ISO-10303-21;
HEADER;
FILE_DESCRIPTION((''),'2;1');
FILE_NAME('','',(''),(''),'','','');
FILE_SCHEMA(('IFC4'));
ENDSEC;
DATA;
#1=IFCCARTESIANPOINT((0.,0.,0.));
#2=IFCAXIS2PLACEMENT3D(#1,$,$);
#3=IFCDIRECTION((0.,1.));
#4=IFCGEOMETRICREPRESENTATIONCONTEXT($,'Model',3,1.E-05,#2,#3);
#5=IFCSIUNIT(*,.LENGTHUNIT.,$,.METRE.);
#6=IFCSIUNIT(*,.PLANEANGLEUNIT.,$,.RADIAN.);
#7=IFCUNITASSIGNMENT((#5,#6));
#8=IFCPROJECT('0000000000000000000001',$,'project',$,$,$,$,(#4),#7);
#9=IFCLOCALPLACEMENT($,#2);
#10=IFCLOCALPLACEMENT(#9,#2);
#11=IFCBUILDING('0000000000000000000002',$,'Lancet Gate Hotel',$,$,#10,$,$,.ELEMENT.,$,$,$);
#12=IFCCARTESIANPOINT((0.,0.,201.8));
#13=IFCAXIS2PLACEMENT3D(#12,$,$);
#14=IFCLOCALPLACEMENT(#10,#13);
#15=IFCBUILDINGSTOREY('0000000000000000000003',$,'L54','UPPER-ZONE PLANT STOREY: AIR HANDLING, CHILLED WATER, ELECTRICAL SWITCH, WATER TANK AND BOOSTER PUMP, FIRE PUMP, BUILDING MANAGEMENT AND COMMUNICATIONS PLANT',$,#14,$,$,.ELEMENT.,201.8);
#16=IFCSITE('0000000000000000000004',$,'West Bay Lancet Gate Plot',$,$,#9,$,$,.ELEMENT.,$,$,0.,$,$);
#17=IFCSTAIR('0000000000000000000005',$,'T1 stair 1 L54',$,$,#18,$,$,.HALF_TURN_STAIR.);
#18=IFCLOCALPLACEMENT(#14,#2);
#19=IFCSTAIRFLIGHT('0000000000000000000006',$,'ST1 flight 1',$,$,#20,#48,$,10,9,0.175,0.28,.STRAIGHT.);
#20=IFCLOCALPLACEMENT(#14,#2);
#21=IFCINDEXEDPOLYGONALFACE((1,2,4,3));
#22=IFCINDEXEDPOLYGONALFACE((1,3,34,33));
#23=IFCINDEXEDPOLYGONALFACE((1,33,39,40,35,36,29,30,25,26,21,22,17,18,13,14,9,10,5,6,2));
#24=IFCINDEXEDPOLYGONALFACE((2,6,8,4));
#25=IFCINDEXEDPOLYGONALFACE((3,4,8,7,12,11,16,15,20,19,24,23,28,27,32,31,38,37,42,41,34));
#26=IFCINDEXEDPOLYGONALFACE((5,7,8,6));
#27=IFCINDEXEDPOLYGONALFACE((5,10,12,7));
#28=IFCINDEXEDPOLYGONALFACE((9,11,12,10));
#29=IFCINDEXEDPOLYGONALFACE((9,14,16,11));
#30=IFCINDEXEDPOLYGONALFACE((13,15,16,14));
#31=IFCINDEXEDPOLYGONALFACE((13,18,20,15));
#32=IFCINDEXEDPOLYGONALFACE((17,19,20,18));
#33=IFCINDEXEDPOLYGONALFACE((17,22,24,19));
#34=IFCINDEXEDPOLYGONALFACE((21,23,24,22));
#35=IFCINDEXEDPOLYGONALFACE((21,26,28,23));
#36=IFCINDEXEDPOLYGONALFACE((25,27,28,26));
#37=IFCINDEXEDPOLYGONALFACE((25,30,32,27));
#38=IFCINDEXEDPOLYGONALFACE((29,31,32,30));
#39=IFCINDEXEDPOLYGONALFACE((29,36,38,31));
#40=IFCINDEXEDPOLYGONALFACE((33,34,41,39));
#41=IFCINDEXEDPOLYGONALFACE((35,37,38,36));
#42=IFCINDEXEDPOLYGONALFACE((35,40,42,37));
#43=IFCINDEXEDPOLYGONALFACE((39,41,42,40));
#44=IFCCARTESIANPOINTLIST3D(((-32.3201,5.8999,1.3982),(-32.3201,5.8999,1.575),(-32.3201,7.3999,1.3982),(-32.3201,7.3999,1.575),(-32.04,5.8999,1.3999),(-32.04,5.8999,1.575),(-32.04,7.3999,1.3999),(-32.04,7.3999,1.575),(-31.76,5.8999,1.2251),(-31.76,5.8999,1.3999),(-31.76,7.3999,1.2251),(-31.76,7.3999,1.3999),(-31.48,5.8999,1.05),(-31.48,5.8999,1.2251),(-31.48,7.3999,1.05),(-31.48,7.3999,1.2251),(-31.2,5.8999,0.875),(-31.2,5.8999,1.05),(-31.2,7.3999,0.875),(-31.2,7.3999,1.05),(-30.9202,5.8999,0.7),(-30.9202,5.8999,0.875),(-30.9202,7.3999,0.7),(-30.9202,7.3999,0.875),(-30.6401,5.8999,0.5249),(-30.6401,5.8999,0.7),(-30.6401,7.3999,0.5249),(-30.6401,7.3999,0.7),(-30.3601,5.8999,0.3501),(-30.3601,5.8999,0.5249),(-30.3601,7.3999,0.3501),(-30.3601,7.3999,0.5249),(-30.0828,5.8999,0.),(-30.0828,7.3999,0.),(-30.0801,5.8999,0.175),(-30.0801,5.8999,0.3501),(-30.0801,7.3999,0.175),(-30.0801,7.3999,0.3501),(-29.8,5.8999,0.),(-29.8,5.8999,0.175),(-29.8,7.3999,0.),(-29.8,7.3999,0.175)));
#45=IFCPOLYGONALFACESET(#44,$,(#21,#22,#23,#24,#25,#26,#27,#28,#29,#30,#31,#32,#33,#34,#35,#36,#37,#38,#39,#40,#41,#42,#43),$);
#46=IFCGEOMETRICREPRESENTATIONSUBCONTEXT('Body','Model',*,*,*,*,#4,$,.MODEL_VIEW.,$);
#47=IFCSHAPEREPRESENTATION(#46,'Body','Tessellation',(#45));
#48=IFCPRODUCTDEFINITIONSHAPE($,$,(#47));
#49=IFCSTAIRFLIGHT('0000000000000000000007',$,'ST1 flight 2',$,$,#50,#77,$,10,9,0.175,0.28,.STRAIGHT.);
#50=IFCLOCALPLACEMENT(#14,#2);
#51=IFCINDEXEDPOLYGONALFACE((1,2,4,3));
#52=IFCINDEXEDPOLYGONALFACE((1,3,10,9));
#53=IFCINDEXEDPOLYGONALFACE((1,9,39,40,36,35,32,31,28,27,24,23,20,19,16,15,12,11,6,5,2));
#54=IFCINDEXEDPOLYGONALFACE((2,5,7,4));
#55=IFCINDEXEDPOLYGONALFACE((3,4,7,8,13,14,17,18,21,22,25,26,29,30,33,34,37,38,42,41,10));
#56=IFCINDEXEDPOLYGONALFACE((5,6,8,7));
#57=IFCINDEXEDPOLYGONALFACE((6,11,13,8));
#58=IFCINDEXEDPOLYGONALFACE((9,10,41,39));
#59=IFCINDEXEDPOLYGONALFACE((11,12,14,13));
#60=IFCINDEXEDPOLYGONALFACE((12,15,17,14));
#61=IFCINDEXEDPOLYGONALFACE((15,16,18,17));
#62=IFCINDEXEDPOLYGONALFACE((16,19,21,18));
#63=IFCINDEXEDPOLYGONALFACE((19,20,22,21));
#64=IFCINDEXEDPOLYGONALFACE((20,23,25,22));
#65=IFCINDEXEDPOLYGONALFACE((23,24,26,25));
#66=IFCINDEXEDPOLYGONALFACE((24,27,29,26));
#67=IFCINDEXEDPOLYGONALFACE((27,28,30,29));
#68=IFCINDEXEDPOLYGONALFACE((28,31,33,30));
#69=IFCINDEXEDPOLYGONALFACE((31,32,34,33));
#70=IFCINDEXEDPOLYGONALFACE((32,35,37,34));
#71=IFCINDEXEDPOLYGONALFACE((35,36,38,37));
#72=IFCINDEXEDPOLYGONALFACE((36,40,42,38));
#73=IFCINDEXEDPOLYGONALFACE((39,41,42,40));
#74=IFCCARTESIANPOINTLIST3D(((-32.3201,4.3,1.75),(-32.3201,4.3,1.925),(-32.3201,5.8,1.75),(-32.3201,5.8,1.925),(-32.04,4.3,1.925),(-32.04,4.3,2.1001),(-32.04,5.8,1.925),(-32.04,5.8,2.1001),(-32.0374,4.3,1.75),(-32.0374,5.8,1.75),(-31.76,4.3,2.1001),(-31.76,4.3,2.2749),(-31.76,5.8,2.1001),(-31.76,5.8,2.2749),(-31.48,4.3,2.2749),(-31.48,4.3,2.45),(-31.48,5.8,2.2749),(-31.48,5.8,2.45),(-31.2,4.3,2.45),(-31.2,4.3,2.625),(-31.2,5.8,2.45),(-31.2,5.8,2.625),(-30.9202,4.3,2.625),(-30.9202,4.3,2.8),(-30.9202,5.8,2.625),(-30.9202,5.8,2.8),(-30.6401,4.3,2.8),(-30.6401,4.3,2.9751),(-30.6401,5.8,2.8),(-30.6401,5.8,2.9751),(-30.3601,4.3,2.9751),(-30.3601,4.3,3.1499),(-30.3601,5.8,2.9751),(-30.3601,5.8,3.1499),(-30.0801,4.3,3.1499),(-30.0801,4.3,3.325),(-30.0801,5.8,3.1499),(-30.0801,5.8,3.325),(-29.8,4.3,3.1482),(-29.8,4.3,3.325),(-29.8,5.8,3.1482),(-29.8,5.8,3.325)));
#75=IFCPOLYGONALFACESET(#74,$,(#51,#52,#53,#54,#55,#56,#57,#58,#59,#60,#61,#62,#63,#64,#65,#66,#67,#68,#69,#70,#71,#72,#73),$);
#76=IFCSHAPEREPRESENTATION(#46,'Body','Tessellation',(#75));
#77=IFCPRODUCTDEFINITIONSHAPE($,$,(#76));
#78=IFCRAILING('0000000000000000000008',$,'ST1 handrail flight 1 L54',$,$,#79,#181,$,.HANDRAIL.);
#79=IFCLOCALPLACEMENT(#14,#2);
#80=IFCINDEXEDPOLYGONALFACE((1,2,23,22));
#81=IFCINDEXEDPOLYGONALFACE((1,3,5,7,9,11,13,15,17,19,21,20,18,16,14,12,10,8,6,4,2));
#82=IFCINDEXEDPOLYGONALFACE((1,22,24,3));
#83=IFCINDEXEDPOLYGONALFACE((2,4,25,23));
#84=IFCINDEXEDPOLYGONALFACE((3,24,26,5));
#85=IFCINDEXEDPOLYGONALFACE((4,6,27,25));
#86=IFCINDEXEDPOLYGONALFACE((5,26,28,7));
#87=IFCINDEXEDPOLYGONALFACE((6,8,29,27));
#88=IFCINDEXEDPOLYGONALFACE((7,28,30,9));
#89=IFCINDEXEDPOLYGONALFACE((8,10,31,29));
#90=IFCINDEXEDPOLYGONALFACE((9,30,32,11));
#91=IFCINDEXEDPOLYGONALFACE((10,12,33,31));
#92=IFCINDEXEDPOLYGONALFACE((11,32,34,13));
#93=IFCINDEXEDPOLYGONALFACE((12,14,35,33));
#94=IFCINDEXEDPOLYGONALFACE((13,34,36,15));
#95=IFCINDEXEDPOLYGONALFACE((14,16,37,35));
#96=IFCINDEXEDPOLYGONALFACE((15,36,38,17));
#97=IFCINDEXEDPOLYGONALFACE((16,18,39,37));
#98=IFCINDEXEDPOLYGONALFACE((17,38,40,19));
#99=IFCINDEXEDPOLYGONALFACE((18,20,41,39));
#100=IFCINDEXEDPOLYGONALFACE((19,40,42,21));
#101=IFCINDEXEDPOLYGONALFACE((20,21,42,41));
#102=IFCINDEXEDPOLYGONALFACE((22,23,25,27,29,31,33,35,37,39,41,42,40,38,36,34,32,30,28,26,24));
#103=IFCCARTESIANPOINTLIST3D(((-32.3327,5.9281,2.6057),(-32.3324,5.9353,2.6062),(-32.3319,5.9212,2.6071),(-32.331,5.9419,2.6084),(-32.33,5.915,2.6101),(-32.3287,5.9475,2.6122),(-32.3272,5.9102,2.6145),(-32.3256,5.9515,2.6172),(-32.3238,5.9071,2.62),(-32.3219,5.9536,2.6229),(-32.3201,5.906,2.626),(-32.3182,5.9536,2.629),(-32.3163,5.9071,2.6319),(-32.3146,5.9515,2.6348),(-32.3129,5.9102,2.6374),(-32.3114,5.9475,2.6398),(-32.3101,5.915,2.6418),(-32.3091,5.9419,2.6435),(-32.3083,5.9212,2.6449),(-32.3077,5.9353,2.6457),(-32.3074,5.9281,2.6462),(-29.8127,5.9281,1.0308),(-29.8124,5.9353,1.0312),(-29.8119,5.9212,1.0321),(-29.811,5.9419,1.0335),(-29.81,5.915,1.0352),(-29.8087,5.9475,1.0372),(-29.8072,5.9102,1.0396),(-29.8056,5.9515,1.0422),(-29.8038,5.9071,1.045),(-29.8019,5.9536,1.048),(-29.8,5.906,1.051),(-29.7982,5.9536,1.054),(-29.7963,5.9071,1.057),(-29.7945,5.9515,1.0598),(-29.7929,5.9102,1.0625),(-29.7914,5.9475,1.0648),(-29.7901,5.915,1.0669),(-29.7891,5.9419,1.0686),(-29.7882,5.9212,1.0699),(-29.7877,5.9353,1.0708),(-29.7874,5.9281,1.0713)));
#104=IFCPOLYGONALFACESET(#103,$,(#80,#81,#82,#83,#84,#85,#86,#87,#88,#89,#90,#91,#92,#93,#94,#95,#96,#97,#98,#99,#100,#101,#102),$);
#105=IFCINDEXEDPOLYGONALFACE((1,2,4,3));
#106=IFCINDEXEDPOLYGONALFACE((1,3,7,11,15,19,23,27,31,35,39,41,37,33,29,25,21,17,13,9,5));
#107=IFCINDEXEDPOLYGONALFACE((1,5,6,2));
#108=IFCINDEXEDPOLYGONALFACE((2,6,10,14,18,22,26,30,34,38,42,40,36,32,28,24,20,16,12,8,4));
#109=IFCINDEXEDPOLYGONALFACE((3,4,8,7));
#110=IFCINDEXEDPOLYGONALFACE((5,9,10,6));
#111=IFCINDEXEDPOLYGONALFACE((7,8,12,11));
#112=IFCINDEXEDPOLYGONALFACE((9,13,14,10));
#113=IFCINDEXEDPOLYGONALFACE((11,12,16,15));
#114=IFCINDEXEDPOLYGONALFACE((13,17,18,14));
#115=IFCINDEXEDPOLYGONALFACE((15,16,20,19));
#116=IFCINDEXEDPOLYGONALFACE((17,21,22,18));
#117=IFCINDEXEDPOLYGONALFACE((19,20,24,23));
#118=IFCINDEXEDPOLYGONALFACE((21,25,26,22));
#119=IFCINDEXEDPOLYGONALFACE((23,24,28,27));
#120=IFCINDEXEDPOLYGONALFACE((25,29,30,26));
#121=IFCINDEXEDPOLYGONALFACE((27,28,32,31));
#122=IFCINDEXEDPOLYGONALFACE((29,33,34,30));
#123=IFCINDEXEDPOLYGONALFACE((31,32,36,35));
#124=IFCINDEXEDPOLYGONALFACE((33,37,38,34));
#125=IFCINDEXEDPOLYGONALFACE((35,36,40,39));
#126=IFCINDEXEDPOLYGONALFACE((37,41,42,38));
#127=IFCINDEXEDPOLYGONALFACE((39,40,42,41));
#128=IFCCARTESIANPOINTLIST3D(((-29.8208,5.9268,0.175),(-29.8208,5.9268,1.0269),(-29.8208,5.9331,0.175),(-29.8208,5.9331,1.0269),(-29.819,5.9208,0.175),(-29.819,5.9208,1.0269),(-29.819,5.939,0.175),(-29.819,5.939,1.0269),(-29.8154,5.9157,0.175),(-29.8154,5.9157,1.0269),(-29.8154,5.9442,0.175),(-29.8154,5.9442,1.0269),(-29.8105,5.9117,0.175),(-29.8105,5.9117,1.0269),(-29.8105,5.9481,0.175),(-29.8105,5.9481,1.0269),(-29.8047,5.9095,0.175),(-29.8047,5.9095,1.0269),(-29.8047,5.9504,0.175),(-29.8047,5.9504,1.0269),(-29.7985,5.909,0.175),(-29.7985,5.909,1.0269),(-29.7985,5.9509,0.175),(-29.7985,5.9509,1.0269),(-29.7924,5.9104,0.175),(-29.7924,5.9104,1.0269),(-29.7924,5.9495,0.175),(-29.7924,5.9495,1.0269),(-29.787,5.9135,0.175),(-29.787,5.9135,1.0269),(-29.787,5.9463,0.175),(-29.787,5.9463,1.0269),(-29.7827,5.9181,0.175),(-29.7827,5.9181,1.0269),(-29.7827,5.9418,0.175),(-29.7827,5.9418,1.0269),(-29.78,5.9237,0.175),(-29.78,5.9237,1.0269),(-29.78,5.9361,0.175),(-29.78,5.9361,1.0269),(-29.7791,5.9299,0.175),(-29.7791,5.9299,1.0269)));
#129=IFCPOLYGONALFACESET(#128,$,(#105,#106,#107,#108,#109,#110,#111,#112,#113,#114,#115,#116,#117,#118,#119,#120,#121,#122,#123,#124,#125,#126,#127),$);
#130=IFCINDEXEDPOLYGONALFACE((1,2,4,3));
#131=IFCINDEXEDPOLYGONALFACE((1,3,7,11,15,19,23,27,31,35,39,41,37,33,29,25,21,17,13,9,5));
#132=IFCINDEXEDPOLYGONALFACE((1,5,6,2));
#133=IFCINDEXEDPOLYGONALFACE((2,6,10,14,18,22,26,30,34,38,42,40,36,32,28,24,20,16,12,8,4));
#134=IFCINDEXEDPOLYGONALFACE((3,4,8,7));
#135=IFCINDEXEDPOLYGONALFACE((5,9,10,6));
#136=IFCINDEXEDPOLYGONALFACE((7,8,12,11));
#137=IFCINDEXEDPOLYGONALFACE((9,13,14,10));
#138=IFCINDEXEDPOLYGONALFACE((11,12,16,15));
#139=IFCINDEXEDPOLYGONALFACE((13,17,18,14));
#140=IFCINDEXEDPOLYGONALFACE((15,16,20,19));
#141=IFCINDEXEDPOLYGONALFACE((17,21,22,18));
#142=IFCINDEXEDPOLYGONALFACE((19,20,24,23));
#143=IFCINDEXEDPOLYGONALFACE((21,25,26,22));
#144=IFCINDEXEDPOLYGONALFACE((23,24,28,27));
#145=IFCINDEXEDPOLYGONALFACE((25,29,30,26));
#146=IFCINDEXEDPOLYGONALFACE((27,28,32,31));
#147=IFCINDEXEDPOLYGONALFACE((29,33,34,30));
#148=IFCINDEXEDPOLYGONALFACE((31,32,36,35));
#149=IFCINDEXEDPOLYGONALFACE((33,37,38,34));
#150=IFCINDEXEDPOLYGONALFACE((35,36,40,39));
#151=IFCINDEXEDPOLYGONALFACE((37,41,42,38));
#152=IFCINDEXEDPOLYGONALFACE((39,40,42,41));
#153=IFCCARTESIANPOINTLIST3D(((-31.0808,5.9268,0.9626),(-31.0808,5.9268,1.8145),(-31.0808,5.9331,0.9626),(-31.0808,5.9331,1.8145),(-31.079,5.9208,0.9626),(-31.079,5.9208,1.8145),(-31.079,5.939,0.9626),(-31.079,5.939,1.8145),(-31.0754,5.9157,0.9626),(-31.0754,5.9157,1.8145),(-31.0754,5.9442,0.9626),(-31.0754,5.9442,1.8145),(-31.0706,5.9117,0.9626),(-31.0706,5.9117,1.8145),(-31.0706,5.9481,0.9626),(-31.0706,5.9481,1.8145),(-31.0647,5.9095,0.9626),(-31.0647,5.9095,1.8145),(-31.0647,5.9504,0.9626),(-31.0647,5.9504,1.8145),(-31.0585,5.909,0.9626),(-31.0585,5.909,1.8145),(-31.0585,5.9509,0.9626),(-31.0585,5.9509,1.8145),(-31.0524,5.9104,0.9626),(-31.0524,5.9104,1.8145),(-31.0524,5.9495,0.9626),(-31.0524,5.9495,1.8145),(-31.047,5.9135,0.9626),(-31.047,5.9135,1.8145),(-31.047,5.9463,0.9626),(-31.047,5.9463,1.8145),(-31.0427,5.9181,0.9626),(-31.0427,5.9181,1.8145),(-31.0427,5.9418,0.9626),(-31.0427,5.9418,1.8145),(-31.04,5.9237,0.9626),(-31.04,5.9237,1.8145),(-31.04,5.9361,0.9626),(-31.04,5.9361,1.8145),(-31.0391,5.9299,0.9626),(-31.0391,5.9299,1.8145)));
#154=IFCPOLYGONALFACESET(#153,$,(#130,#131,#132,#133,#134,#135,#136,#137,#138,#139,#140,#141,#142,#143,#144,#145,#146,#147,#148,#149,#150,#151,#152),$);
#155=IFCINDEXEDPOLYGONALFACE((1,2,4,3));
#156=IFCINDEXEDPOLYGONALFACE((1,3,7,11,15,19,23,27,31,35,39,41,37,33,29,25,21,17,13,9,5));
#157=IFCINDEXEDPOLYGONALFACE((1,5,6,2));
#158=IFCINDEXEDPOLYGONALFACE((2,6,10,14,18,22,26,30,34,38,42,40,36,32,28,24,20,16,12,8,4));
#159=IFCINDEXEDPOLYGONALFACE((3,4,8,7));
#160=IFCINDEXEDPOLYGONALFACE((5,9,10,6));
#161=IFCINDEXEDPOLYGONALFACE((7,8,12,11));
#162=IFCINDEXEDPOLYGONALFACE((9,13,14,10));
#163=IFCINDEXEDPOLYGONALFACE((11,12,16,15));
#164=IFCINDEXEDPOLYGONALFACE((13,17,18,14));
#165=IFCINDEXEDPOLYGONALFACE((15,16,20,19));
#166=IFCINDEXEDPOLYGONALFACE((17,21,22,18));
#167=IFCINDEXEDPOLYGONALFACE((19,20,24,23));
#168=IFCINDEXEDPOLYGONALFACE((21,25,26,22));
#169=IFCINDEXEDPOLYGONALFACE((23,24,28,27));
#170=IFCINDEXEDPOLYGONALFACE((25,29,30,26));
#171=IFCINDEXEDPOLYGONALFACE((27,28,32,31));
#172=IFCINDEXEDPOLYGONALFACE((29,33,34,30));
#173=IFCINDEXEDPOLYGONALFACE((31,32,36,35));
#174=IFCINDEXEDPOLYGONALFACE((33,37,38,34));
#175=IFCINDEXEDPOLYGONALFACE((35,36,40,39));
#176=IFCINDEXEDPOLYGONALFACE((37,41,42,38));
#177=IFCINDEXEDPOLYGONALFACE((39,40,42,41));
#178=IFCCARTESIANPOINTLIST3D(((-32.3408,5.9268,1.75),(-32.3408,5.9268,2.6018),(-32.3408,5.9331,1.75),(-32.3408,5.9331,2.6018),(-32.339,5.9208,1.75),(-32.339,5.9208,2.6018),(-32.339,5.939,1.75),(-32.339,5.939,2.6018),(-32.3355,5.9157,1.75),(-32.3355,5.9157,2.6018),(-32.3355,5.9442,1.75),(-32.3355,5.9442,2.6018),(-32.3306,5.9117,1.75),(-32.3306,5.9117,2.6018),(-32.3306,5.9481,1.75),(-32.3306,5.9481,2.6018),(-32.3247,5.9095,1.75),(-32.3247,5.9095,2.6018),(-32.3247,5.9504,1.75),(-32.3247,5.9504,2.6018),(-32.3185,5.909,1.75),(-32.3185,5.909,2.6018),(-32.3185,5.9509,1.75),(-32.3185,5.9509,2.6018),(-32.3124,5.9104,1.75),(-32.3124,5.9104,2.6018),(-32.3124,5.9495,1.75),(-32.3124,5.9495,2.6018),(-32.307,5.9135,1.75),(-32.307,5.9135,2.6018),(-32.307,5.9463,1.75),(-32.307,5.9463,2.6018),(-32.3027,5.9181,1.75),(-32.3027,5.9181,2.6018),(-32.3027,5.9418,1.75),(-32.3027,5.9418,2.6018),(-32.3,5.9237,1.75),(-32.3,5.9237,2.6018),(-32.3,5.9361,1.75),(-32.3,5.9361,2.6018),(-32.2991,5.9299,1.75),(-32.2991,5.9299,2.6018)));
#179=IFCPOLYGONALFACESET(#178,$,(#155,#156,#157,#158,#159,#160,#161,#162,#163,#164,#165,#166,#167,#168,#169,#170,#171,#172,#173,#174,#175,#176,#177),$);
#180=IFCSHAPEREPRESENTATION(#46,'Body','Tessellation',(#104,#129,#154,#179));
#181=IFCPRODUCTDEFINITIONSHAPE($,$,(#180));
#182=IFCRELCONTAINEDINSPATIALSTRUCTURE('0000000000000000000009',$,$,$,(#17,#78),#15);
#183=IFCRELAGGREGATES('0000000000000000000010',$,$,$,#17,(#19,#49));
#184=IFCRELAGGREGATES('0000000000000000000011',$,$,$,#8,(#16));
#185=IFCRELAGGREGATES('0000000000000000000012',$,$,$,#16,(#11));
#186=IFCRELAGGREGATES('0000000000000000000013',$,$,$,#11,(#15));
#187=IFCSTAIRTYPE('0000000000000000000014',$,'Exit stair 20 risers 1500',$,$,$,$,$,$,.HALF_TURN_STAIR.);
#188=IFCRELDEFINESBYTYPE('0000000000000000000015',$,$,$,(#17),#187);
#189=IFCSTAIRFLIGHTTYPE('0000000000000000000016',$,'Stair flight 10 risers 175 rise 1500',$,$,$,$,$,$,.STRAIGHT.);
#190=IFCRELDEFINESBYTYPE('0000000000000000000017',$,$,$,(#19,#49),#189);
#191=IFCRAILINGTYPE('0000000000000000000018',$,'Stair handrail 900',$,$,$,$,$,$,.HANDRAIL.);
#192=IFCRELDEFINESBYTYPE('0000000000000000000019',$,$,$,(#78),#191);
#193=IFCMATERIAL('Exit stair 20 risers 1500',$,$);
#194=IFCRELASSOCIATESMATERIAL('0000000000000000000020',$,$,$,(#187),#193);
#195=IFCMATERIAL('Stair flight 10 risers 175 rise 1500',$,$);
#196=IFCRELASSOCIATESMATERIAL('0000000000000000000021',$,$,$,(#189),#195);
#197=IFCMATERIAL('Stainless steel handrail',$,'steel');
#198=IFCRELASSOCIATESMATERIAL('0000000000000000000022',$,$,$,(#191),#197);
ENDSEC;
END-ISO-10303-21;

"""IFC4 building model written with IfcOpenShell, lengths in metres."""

from ifc_helpers import new_model, si_unit, direction, frame, origin, origin_2d, place, context, subcontext, project, spatial, polyline, circle, outline, extrude, material, type_object, element, aggregate, save


model = new_model("IFC4")

# Units and contexts
model_context = context("Model", 3, precision=1e-05, world=origin(), true_north=direction((0.0, 1.0)))
body_context = subcontext(model_context, "Body", "Model", "MODEL_VIEW")
ifc_project = project(units=[si_unit("LENGTHUNIT", "METRE"), si_unit("PLANEANGLEUNIT", "RADIAN")], contexts=[model_context])

# Site, building, storey
site_placement = place(None, origin())
site = spatial("IfcSite", under=ifc_project, at=site_placement, Name="West Bay Lancet Gate Plot", CompositionType="ELEMENT", RefElevation=0.0)
building_placement = place(site_placement, origin())
building = spatial("IfcBuilding", under=site, at=building_placement, Name="Lancet Gate Hotel", CompositionType="ELEMENT")
storey_placement = place(building_placement, frame((0.0, 0.0, 201.8)))
storey = spatial("IfcBuildingStorey", under=building, at=storey_placement, Name="L54", Description="UPPER-ZONE PLANT STOREY: AIR HANDLING, CHILLED WATER, ELECTRICAL SWITCH, WATER TANK AND BOOSTER PUMP, FIRE PUMP, BUILDING MANAGEMENT AND COMMUNICATIONS PLANT", CompositionType="ELEMENT", Elevation=201.8)

# Stair, stair flights
ifc_material_1 = material(Name="Exit stair 20 risers 1500")
stair_type = type_object("IfcStairType", Name="Exit stair 20 risers 1500", PredefinedType="HALF_TURN_STAIR", material=ifc_material_1)
stair_placement = place(storey_placement, origin())
stair = element("IfcStair", 1, at=stair_placement, inside=storey, type_object=stair_type, Name="T1 stair 1 L54", PredefinedType="HALF_TURN_STAIR")
ifc_material_2 = material(Name="Stair flight 10 risers 175 rise 1500")
stair_flight_type = type_object("IfcStairFlightType", Name="Stair flight 10 risers 175 rise 1500", PredefinedType="STRAIGHT", material=ifc_material_2)
stair_flight_1_placement = place(storey_placement, frame((-29.8, 6.6499, 0.0), z_axis=(0.0, 0.0, 1.0), x_axis=(-1.0, 0.0, 0.0)))
stair_flight_1 = element("IfcStairFlight", 2, at=stair_flight_1_placement, type_object=stair_flight_type, Name="ST1 flight 1", NumberOfRisers=10, NumberOfTreads=9, PredefinedType="STRAIGHT", RiserHeight=0.175, TreadLength=0.28, context=body_context, shape_type="SweptSolid", body=[
    extrude(outline(polyline([(0.0, 0.0), (0.0, 0.175), (0.28, 0.175), (0.28, 0.3501), (0.5601, 0.3501), (0.5601, 0.5249), (0.8401, 0.5249), (0.8401, 0.7), (1.1201, 0.7), (1.1201, 0.875), (1.3999, 0.875), (1.3999, 1.05), (1.6799, 1.05), (1.6799, 1.2251), (1.96, 1.2251), (1.96, 1.3999), (2.24, 1.3999), (2.24, 1.575), (2.52, 1.575), (2.52, 1.75), (2.52, 1.3982), (0.2827, 0.0), (0.0, 0.0)])), frame((0.0, 0.75, 0.0), z_axis=(0.0, -1.0, 0.0), x_axis=(1.0, 0.0, 0.0)), (0.0, 0.0, 1.0), 1.5),
])
stair_flight_2_placement = place(storey_placement, frame((-32.3201, 5.05, 1.75), z_axis=(0.0, 0.0, 1.0), x_axis=(1.0, 0.0, 0.0)))
stair_flight_2 = element("IfcStairFlight", 3, at=stair_flight_2_placement, type_object=stair_flight_type, Name="ST1 flight 2", NumberOfRisers=10, NumberOfTreads=9, PredefinedType="STRAIGHT", RiserHeight=0.175, TreadLength=0.28, context=body_context, shape_type="SweptSolid", body=[
    extrude(outline(polyline([(0.0, 0.0), (0.0, 0.175), (0.28, 0.175), (0.28, 0.3501), (0.5601, 0.3501), (0.5601, 0.5249), (0.8401, 0.5249), (0.8401, 0.7), (1.1201, 0.7), (1.1201, 0.875), (1.3999, 0.875), (1.3999, 1.05), (1.6799, 1.05), (1.6799, 1.2251), (1.96, 1.2251), (1.96, 1.3999), (2.24, 1.3999), (2.24, 1.575), (2.52, 1.575), (2.52, 1.75), (2.52, 1.3982), (0.2827, 0.0), (0.0, 0.0)])), frame((0.0, 0.75, 0.0), z_axis=(0.0, -1.0, 0.0), x_axis=(1.0, 0.0, 0.0)), (0.0, 0.0, 1.0), 1.5),
])
aggregate(stair, [stair_flight_1, stair_flight_2])

# Railing
ifc_material_3 = material(Name="Stainless steel handrail", Category="steel")
railing_type = type_object("IfcRailingType", Name="Stair handrail 900", PredefinedType="HANDRAIL", material=ifc_material_3)
railing_1_placement = place(storey_placement, frame((-29.8, 5.9299, 0.175)))
element("IfcRailing", 4, at=railing_1_placement, inside=storey, type_object=railing_type, Name="ST1 handrail flight 1 L54", PredefinedType="HANDRAIL", context=body_context, shape_type="SweptSolid", body=[
    extrude(circle(Radius=0.0239, at=origin_2d()), frame((0.0, 0.0, 0.876), z_axis=(-0.848008, 0.0, 0.529984), x_axis=(0.0, -1.0, 0.0)), (0.0, 0.0, 1.0), 2.9717),
    extrude(circle(Radius=0.021, at=origin_2d()), origin(), (0.0, 0.0, 1.0), 0.8518),
    extrude(circle(Radius=0.021, at=origin_2d()), frame((-1.26, 0.0, 0.7876)), (0.0, 0.0, 1.0), 0.8518),
    extrude(circle(Radius=0.021, at=origin_2d()), frame((-2.52, 0.0, 1.575)), (0.0, 0.0, 1.0), 0.8518),
])

save(model, "model.ifc")
